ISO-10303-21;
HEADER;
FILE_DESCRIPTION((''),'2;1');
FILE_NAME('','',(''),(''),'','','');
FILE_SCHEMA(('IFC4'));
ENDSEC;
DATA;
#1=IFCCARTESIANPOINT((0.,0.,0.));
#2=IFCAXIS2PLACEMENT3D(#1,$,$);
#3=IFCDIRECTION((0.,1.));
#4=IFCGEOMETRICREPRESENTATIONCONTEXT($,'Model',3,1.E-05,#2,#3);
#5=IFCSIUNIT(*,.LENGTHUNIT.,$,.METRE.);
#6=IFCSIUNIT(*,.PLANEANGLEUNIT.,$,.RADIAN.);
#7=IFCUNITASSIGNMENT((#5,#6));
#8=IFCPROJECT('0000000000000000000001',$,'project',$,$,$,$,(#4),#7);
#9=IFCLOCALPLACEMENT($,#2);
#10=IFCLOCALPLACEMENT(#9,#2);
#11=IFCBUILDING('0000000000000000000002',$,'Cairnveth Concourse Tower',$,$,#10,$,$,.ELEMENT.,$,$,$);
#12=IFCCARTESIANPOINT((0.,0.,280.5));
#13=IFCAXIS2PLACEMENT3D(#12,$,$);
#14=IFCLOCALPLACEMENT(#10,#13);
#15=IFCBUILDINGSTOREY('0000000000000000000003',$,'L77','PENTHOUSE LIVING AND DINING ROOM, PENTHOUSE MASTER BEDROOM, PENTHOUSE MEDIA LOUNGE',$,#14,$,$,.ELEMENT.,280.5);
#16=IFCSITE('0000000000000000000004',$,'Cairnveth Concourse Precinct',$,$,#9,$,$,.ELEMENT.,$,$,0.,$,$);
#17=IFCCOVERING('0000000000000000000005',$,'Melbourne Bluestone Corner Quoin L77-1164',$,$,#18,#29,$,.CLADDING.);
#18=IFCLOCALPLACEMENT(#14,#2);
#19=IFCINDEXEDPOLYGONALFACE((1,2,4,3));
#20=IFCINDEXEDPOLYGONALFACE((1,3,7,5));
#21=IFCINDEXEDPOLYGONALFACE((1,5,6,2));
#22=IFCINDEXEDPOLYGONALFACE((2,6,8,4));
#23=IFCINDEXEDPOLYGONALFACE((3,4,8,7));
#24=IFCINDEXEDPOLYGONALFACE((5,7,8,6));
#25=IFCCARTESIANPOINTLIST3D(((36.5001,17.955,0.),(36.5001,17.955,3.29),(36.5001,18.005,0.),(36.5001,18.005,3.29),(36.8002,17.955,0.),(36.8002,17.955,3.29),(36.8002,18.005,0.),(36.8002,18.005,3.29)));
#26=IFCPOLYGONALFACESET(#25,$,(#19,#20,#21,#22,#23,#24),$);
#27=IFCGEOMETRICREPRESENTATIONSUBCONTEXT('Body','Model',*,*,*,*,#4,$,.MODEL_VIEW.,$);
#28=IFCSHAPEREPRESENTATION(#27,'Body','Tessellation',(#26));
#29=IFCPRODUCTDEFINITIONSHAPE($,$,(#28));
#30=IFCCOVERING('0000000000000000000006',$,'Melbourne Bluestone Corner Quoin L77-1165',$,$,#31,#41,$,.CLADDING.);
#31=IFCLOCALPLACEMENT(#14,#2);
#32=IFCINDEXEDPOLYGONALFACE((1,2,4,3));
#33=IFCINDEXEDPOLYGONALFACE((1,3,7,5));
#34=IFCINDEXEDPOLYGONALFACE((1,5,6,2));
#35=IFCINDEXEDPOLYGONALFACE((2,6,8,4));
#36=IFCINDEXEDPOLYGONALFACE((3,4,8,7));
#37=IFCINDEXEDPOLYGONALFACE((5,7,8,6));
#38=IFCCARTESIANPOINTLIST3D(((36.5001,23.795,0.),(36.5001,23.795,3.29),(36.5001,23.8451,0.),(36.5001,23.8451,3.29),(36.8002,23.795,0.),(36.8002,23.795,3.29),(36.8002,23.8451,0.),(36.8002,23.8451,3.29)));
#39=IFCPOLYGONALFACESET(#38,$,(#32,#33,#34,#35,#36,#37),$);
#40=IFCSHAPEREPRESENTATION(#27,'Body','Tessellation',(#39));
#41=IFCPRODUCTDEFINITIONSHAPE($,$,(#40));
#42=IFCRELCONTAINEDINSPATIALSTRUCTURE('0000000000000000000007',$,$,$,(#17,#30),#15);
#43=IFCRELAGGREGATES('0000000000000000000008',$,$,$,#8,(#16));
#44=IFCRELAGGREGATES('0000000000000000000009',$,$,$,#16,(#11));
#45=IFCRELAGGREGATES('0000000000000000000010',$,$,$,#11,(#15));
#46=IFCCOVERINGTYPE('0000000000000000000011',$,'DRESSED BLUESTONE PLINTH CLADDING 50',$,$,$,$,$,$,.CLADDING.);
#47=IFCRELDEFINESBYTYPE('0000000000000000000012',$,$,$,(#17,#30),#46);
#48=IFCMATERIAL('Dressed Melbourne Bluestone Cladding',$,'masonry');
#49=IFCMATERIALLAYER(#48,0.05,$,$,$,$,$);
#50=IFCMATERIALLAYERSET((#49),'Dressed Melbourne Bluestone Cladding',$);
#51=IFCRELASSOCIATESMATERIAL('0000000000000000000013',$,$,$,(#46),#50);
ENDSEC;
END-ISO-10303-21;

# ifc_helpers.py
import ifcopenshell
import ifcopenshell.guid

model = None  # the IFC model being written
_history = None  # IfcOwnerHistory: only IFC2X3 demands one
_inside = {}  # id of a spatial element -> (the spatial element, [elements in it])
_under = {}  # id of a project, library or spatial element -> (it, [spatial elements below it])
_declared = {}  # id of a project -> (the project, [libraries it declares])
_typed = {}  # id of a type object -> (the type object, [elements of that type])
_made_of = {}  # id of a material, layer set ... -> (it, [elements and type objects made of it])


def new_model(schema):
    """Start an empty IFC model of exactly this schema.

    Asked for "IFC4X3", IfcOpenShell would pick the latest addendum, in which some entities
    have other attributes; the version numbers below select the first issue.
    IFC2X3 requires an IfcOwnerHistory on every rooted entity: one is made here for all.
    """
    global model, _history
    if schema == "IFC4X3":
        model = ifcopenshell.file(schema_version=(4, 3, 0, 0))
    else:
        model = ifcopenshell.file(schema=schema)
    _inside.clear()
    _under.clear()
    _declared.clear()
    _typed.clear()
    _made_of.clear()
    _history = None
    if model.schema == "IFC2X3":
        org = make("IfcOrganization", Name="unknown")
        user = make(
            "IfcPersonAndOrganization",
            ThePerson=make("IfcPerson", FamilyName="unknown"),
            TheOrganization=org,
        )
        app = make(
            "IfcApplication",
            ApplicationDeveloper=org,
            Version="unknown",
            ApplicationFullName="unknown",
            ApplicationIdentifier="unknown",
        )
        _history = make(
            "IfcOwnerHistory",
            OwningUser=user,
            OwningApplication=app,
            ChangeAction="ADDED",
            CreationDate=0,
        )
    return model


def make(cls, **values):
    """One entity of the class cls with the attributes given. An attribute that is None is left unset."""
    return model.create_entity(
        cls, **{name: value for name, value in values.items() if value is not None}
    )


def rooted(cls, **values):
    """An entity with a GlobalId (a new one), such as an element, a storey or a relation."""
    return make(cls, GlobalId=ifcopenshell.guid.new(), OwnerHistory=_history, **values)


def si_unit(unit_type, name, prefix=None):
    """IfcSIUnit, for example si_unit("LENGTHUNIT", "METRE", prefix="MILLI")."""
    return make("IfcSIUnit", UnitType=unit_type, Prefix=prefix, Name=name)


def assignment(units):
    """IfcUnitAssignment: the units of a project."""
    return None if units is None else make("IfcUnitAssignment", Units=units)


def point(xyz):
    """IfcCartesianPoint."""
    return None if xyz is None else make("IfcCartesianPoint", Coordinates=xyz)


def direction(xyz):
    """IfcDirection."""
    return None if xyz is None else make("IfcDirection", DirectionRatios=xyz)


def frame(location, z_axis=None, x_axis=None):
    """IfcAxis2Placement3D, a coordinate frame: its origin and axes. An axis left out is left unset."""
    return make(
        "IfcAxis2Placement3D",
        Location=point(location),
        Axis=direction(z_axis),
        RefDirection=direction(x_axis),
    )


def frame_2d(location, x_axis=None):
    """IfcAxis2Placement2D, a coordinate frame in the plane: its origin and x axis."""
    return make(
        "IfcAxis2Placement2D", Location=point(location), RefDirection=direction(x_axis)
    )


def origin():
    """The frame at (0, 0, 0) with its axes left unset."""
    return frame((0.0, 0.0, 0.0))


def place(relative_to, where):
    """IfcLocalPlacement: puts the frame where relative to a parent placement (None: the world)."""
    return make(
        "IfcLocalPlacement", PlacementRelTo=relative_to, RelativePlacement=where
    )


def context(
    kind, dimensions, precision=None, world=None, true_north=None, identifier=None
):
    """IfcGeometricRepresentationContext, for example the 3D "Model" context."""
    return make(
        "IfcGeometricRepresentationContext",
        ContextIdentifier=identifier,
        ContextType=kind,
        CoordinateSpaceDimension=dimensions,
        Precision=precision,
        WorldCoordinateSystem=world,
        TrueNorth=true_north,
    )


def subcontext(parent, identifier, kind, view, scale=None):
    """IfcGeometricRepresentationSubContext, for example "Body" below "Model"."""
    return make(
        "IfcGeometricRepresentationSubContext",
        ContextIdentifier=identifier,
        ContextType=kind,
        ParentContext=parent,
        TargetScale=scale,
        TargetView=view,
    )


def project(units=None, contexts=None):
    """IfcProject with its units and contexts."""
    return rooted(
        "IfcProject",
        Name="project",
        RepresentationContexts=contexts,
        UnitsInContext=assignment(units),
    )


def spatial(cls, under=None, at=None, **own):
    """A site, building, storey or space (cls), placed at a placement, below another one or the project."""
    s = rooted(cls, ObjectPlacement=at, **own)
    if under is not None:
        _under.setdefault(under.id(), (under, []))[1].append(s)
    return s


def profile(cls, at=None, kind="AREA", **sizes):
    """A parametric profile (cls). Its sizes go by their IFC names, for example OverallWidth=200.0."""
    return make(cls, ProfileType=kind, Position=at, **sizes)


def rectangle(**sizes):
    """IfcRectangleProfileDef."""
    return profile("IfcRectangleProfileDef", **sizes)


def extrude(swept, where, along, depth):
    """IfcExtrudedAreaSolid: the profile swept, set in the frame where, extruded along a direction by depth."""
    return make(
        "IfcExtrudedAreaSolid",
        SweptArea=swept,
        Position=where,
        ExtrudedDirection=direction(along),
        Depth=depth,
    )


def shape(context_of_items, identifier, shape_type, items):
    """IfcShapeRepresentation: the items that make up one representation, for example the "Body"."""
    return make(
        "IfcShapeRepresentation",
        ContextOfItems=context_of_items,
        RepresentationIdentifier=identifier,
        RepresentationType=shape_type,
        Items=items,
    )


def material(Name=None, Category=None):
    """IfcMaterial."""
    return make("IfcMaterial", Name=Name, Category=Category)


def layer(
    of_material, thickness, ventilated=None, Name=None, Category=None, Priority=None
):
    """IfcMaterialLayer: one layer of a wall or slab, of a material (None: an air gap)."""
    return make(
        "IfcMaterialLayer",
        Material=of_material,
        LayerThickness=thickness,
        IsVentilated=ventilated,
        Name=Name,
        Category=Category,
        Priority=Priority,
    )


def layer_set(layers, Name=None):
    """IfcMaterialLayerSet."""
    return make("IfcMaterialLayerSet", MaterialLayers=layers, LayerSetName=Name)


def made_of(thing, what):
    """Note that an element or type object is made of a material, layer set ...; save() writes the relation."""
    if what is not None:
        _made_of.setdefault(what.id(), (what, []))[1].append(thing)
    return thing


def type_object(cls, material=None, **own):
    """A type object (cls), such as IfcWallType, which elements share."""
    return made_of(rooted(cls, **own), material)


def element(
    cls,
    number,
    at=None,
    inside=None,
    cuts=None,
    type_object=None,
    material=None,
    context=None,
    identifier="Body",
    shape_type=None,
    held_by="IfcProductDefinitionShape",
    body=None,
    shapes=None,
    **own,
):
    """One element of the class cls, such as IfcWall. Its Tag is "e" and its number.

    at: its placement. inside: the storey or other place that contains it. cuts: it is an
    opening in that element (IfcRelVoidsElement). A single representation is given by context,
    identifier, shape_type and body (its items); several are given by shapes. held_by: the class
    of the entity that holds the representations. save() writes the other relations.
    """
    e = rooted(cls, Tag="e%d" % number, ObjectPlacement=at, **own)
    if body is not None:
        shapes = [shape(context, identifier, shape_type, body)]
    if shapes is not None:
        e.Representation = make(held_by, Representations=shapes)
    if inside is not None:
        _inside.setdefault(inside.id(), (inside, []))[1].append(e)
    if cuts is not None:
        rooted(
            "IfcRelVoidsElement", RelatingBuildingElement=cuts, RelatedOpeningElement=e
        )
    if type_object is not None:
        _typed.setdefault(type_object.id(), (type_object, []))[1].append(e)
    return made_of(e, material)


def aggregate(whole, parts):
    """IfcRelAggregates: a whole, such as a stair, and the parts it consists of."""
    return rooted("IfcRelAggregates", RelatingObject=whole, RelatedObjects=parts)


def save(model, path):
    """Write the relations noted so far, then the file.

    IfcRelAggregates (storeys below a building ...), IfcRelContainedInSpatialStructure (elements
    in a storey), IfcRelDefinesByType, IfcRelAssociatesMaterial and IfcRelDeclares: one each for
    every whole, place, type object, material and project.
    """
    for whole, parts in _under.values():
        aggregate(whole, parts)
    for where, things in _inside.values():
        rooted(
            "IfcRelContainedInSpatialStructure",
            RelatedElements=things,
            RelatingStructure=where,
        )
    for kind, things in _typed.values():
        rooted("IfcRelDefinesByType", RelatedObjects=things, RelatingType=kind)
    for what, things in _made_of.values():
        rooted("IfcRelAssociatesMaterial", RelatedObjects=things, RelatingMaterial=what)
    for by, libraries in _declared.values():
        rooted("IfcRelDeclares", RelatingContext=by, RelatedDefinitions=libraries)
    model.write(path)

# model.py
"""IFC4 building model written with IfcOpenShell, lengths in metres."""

from ifc_helpers import new_model, si_unit, direction, frame, frame_2d, origin, place, context, subcontext, project, spatial, rectangle, extrude, material, layer, layer_set, type_object, element, save


model = new_model("IFC4")

# Units and contexts
model_context = context("Model", 3, precision=1e-05, world=origin(), true_north=direction((0.0, 1.0)))
body_context = subcontext(model_context, "Body", "Model", "MODEL_VIEW")
ifc_project = project(units=[si_unit("LENGTHUNIT", "METRE"), si_unit("PLANEANGLEUNIT", "RADIAN")], contexts=[model_context])

# Site, building, storey
site_placement = place(None, origin())
site = spatial("IfcSite", under=ifc_project, at=site_placement, Name="Cairnveth Concourse Precinct", CompositionType="ELEMENT", RefElevation=0.0)
building_placement = place(site_placement, origin())
building = spatial("IfcBuilding", under=site, at=building_placement, Name="Cairnveth Concourse Tower", CompositionType="ELEMENT")
storey_placement = place(building_placement, frame((0.0, 0.0, 280.5)))
storey = spatial("IfcBuildingStorey", under=building, at=storey_placement, Name="L77", Description="PENTHOUSE LIVING AND DINING ROOM, PENTHOUSE MASTER BEDROOM, PENTHOUSE MEDIA LOUNGE", CompositionType="ELEMENT", Elevation=280.5)

# Coverings
ifc_material_1 = material(Name="Dressed Melbourne Bluestone Cladding", Category="masonry")
ifc_layer_1 = layer(ifc_material_1, 0.05)
ifc_layer_set_1 = layer_set([ifc_layer_1], Name="Dressed Melbourne Bluestone Cladding")
covering_type = type_object("IfcCoveringType", Name="DRESSED BLUESTONE PLINTH CLADDING 50", PredefinedType="CLADDING", material=ifc_layer_set_1)
for number, where, z_axis, x_axis, name in (
    (1, (36.8, 17.98, 0.0), (0.0, 0.0, 1.0), (-1.0, 0.0, 0.0), "Melbourne Bluestone Corner Quoin L77-1164"),
    (2, (36.8, 23.8201, 0.0), (0.0, 0.0, 1.0), (-1.0, 0.0, 0.0), "Melbourne Bluestone Corner Quoin L77-1165"),
):
    element("IfcCovering", number, at=place(storey_placement, frame(where, z_axis=z_axis, x_axis=x_axis)), inside=storey, type_object=covering_type, Name=name, PredefinedType="CLADDING", context=body_context, shape_type="SweptSolid", body=[
        extrude(rectangle(XDim=0.3, YDim=0.05, at=frame_2d((0.1499, 0.0))), origin(), (0.0, 0.0, 1.0), 3.29),
    ])

save(model, "model.ifc")
